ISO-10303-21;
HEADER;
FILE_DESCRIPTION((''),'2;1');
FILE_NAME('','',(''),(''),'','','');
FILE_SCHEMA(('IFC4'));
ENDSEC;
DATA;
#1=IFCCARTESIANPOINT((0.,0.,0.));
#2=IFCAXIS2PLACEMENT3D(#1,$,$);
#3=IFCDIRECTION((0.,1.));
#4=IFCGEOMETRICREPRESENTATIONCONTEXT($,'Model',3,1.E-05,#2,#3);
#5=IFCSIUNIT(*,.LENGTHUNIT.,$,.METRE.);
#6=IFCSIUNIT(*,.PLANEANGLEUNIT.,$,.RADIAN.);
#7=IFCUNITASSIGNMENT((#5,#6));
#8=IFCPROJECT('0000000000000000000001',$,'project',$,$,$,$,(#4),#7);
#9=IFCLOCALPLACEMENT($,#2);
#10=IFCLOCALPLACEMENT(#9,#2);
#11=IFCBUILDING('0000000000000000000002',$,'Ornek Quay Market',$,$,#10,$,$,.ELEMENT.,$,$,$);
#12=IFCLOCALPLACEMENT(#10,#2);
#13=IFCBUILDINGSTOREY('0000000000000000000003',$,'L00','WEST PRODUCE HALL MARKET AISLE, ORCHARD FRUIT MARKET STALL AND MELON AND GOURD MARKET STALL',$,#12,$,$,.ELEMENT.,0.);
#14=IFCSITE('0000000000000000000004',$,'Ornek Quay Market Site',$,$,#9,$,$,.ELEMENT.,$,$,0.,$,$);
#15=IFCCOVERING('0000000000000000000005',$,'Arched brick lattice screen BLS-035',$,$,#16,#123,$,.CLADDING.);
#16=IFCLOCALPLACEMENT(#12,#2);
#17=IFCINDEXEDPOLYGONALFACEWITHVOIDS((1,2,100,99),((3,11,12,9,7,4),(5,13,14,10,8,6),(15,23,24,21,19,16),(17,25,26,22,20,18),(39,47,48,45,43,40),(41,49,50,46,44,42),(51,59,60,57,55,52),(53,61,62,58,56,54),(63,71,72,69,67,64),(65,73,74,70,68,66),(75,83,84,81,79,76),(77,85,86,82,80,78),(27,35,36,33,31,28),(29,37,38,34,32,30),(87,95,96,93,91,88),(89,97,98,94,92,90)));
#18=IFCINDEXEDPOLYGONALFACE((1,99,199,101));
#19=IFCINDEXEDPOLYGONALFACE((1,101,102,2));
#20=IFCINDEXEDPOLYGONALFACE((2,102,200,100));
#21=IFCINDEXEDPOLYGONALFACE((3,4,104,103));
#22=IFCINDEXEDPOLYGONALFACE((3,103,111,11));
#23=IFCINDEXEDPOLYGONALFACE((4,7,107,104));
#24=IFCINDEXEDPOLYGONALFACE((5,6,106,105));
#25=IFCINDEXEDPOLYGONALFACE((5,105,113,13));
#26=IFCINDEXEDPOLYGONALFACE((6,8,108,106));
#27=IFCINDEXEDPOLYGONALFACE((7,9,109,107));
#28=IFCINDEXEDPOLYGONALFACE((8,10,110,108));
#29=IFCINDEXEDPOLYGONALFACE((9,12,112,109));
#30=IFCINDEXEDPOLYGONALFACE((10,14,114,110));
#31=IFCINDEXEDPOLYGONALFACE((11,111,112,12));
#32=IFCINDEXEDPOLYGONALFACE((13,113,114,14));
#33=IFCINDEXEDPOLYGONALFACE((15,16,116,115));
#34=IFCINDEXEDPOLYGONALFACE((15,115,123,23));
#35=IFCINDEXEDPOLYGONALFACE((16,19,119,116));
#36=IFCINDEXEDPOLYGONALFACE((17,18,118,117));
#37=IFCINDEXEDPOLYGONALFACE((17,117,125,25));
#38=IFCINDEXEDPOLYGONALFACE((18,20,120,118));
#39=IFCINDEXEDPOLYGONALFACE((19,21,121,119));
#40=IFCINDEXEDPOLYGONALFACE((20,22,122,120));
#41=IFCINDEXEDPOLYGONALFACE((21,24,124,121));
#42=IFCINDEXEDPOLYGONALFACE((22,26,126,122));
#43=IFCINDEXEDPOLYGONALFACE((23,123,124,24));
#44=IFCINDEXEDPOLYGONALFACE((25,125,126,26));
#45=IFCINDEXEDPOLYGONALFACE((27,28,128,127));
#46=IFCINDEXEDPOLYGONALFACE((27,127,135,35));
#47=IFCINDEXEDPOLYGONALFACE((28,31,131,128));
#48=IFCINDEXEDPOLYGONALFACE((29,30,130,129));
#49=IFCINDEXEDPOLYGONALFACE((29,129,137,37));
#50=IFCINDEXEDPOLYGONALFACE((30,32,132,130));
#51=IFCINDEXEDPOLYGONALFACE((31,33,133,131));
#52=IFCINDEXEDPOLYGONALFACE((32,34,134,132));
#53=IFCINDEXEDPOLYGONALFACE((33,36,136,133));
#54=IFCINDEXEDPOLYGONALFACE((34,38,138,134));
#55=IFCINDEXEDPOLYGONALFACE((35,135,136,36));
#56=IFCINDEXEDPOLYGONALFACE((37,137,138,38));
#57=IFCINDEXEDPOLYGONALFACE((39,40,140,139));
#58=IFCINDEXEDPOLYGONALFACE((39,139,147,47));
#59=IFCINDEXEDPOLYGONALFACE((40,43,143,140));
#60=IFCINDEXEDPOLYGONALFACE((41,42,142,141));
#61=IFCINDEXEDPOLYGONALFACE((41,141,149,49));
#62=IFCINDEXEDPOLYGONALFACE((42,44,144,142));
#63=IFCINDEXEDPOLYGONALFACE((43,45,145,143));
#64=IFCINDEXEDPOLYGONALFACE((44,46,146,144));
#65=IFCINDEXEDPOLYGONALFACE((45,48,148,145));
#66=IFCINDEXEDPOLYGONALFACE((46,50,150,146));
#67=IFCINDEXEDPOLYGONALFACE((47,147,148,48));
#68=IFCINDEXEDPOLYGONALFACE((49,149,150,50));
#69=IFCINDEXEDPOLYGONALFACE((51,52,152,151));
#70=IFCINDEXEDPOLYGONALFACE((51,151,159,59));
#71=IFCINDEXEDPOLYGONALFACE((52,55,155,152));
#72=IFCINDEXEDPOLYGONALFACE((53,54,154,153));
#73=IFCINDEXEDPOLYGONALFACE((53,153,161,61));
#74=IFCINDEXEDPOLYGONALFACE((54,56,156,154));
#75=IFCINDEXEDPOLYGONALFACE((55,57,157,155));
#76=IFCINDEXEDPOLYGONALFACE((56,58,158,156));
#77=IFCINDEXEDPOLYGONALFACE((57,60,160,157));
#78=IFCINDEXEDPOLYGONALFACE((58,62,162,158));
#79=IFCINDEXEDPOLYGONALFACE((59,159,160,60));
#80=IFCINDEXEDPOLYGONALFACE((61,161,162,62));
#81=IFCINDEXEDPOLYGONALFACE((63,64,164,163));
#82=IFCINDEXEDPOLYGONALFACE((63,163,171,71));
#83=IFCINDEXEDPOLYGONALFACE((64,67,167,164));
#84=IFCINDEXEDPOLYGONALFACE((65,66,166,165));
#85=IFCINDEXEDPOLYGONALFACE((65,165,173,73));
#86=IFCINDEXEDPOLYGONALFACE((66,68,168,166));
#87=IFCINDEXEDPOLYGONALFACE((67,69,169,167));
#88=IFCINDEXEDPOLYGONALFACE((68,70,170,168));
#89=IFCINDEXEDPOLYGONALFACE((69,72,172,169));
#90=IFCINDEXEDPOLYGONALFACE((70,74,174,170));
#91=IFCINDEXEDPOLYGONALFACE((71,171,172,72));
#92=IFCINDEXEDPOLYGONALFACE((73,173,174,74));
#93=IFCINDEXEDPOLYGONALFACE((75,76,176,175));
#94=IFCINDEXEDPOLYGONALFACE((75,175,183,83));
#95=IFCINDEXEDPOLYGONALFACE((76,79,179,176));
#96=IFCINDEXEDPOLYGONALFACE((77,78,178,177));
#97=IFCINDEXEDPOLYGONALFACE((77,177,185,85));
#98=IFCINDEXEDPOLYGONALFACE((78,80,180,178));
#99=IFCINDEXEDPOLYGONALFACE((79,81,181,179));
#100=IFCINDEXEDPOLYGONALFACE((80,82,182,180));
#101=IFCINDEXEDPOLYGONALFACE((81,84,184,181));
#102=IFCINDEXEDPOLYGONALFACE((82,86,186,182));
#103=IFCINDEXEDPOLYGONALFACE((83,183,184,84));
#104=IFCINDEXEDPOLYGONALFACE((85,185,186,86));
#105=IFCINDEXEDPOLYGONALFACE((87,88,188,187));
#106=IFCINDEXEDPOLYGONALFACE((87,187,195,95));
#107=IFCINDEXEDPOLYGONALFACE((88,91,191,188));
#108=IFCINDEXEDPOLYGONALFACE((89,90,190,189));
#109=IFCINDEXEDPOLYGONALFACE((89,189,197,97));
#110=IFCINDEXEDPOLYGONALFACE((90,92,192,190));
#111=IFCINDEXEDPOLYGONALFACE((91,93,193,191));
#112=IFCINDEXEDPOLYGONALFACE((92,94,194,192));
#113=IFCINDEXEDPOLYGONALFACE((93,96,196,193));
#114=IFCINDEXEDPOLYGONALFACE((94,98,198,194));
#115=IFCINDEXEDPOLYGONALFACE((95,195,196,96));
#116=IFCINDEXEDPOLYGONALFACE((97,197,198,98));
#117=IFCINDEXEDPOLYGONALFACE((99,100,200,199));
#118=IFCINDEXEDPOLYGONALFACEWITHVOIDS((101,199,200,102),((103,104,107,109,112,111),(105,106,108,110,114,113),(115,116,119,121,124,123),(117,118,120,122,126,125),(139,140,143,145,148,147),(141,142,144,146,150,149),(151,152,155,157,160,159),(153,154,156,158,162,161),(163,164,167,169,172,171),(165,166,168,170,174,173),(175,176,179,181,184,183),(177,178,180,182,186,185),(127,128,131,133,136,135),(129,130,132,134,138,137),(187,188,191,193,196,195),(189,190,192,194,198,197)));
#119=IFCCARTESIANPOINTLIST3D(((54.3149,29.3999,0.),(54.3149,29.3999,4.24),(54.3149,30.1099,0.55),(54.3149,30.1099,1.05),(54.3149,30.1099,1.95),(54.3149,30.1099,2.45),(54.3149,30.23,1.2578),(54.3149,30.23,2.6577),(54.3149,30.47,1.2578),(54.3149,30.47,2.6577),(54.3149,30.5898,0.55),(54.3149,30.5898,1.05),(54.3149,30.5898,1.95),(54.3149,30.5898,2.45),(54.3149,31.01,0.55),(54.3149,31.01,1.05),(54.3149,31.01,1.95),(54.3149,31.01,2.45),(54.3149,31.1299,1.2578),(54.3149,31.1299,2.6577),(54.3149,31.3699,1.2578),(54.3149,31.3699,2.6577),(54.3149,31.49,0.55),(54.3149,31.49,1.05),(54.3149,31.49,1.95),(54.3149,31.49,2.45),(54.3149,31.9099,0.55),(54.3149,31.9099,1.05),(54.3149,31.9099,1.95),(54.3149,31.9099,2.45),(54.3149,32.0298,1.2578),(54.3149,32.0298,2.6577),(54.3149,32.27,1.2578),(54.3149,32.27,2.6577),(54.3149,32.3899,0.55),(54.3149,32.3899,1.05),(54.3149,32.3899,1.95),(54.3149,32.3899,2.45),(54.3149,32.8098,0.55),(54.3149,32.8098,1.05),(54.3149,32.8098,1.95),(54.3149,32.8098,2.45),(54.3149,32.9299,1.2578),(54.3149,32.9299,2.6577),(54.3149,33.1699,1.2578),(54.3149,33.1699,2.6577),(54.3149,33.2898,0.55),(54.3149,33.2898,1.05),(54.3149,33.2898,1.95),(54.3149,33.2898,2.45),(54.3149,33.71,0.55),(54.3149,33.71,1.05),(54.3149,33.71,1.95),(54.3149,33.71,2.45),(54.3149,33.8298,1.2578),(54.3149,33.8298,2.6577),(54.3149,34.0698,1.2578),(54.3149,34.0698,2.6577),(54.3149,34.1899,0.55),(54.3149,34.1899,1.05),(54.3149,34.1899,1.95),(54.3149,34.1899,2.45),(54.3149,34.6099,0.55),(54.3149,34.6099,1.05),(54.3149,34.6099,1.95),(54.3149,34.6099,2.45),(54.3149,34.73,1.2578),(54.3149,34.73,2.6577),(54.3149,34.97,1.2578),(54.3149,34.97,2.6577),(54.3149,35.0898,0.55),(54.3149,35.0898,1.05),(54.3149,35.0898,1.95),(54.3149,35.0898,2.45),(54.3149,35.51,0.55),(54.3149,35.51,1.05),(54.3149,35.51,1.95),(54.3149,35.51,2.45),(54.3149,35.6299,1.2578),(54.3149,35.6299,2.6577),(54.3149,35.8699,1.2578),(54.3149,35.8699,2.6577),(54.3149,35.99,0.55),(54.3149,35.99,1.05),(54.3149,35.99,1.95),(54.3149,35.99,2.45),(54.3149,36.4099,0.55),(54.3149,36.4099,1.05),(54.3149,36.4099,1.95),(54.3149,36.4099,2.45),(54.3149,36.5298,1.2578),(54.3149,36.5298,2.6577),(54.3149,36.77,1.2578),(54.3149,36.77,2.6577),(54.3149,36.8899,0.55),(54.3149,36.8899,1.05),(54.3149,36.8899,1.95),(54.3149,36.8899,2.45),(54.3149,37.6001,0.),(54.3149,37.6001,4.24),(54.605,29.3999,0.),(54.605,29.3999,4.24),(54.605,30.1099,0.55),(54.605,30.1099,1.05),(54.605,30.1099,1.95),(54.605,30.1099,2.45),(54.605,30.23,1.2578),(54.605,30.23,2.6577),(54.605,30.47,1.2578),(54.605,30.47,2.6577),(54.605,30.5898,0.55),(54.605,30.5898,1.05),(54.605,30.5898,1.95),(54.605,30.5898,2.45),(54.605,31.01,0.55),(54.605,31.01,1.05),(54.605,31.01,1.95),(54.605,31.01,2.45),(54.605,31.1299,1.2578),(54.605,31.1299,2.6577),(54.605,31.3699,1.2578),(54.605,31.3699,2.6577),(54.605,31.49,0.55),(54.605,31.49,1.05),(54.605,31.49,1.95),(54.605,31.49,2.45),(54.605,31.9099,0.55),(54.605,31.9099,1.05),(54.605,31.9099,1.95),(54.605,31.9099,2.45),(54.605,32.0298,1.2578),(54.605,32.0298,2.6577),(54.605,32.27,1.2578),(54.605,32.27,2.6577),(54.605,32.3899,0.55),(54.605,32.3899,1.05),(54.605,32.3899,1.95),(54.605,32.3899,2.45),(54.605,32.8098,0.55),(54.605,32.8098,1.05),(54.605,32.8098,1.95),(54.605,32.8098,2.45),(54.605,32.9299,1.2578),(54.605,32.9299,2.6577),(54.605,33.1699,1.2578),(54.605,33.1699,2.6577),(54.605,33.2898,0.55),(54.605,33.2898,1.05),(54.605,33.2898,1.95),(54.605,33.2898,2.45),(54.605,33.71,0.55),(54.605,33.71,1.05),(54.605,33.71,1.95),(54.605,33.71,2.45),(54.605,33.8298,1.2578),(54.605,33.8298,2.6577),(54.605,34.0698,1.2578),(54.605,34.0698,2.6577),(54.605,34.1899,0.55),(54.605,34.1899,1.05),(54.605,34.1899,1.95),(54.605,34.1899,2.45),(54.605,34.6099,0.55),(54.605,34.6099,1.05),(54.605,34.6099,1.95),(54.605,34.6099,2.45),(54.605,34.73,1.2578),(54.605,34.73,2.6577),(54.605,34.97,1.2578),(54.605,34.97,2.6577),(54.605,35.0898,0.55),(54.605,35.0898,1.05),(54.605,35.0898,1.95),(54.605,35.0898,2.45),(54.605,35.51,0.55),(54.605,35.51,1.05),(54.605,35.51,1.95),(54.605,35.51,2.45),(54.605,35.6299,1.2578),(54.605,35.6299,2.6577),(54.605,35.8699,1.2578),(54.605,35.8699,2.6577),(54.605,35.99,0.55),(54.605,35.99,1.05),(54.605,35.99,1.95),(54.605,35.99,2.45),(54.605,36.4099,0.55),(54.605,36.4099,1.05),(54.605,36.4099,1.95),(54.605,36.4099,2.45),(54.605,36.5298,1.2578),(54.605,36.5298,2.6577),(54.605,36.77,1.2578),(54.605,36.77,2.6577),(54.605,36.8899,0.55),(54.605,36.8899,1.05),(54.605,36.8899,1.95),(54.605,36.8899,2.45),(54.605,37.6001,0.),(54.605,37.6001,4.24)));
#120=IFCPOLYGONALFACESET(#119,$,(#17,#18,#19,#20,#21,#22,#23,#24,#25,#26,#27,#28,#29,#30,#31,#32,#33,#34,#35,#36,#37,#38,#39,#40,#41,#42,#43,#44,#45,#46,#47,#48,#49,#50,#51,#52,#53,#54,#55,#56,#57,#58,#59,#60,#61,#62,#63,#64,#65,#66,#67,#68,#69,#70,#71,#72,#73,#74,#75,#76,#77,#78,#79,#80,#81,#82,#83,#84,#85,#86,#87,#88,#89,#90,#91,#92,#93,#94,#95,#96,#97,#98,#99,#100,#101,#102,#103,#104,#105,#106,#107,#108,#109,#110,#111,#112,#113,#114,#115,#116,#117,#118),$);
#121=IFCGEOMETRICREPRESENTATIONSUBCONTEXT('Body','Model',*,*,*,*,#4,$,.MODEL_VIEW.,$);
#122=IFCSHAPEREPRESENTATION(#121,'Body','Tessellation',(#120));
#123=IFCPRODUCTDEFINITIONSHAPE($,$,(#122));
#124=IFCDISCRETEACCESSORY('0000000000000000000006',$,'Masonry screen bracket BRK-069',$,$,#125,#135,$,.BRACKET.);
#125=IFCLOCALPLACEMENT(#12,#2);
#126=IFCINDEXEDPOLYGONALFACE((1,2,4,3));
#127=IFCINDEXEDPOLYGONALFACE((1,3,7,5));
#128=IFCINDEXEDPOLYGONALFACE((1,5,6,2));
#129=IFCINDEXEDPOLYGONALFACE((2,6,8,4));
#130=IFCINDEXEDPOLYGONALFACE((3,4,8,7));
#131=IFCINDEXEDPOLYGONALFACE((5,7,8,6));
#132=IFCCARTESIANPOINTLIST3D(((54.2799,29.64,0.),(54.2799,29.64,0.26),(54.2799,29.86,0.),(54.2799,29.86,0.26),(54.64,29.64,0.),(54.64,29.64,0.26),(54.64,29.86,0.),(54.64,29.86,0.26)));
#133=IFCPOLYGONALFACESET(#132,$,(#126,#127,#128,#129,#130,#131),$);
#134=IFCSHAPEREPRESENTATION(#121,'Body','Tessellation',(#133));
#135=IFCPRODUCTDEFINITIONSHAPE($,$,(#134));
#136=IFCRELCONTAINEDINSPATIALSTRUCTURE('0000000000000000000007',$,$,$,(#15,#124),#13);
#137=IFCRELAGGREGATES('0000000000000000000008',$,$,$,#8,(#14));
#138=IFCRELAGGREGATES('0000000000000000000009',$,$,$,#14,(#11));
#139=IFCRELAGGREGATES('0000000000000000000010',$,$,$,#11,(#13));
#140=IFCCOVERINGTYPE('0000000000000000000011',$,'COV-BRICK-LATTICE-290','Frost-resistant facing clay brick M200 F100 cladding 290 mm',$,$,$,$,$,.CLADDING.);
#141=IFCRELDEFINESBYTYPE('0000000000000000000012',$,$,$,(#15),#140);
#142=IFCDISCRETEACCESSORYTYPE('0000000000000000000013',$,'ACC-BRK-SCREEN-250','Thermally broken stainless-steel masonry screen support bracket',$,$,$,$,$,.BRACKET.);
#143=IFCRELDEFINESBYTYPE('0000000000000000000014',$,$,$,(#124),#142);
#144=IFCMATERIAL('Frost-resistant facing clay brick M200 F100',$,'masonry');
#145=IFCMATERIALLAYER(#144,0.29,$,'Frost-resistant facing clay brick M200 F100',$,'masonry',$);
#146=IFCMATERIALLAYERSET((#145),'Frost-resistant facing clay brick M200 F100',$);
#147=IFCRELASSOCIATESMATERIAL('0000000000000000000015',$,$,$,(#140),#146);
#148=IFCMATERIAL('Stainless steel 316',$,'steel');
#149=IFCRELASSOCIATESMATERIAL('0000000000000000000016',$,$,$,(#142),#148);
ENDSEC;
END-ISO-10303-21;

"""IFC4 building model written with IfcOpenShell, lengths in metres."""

from ifc_helpers import new_model, si_unit, direction, frame, origin, origin_2d, place, context, subcontext, project, spatial, polyline, rectangle, outline, extrude, material, layer, layer_set, type_object, element, save


model = new_model("IFC4")

# Units and contexts
model_context = context("Model", 3, precision=1e-05, world=origin(), true_north=direction((0.0, 1.0)))
body_context = subcontext(model_context, "Body", "Model", "MODEL_VIEW")
ifc_project = project(units=[si_unit("LENGTHUNIT", "METRE"), si_unit("PLANEANGLEUNIT", "RADIAN")], contexts=[model_context])

# Site, building, storey
site_placement = place(None, origin())
site = spatial("IfcSite", under=ifc_project, at=site_placement, Name="Ornek Quay Market Site", CompositionType="ELEMENT", RefElevation=0.0)
building_placement = place(site_placement, origin())
building = spatial("IfcBuilding", under=site, at=building_placement, Name="Ornek Quay Market", CompositionType="ELEMENT")
storey_placement = place(building_placement, origin())
storey = spatial("IfcBuildingStorey", under=building, at=storey_placement, Name="L00", Description="WEST PRODUCE HALL MARKET AISLE, ORCHARD FRUIT MARKET STALL AND MELON AND GOURD MARKET STALL", CompositionType="ELEMENT", Elevation=0.0)

# Shared definitions
ifc_material_1 = material(Name="Frost-resistant facing clay brick M200 F100", Category="masonry")

# Covering
ifc_layer_1 = layer(ifc_material_1, 0.29, Name="Frost-resistant facing clay brick M200 F100", Category="masonry")
ifc_layer_set_1 = layer_set([ifc_layer_1], Name="Frost-resistant facing clay brick M200 F100")
covering_type = type_object("IfcCoveringType", Name="COV-BRICK-LATTICE-290", Description="Frost-resistant facing clay brick M200 F100 cladding 290 mm", PredefinedType="CLADDING", material=ifc_layer_set_1)
covering_placement = place(storey_placement, frame((54.46, 29.3999, 0.0), z_axis=(0.0, 0.0, 1.0), x_axis=(0.0, 1.0, 0.0)))
element("IfcCovering", 1, at=covering_placement, inside=storey, type_object=covering_type, Name="Arched brick lattice screen BLS-035", PredefinedType="CLADDING", context=body_context, shape_type="SweptSolid", body=[
    extrude(outline(polyline([(0.0, 0.0), (8.2002, 0.0), (8.2002, 4.24), (0.0, 4.24), (0.0, 0.0)]), holes=[polyline([(0.71, 0.55), (1.1899, 0.55), (1.1899, 1.05), (1.0701, 1.2578), (0.8301, 1.2578), (0.71, 1.05), (0.71, 0.55)]), polyline([(0.71, 1.95), (1.1899, 1.95), (1.1899, 2.45), (1.0701, 2.6577), (0.8301, 2.6577), (0.71, 2.45), (0.71, 1.95)]), polyline([(1.6101, 0.55), (2.0901, 0.55), (2.0901, 1.05), (1.97, 1.2578), (1.73, 1.2578), (1.6101, 1.05), (1.6101, 0.55)]), polyline([(1.6101, 1.95), (2.0901, 1.95), (2.0901, 2.45), (1.97, 2.6577), (1.73, 2.6577), (1.6101, 2.45), (1.6101, 1.95)]), polyline([(2.51, 0.55), (2.99, 0.55), (2.99, 1.05), (2.8701, 1.2578), (2.6299, 1.2578), (2.51, 1.05), (2.51, 0.55)]), polyline([(2.51, 1.95), (2.99, 1.95), (2.99, 2.45), (2.8701, 2.6577), (2.6299, 2.6577), (2.51, 2.45), (2.51, 1.95)]), polyline([(3.4099, 0.55), (3.8899, 0.55), (3.8899, 1.05), (3.77, 1.2578), (3.53, 1.2578), (3.4099, 1.05), (3.4099, 0.55)]), polyline([(3.4099, 1.95), (3.8899, 1.95), (3.8899, 2.45), (3.77, 2.6577), (3.53, 2.6577), (3.4099, 2.45), (3.4099, 1.95)]), polyline([(4.3101, 0.55), (4.79, 0.55), (4.79, 1.05), (4.6699, 1.2578), (4.4299, 1.2578), (4.3101, 1.05), (4.3101, 0.55)]), polyline([(4.3101, 1.95), (4.79, 1.95), (4.79, 2.45), (4.6699, 2.6577), (4.4299, 2.6577), (4.3101, 2.45), (4.3101, 1.95)]), polyline([(5.21, 0.55), (5.6899, 0.55), (5.6899, 1.05), (5.5701, 1.2578), (5.3301, 1.2578), (5.21, 1.05), (5.21, 0.55)]), polyline([(5.21, 1.95), (5.6899, 1.95), (5.6899, 2.45), (5.5701, 2.6577), (5.3301, 2.6577), (5.21, 2.45), (5.21, 1.95)]), polyline([(6.1101, 0.55), (6.5901, 0.55), (6.5901, 1.05), (6.47, 1.2578), (6.23, 1.2578), (6.1101, 1.05), (6.1101, 0.55)]), polyline([(6.1101, 1.95), (6.5901, 1.95), (6.5901, 2.45), (6.47, 2.6577), (6.23, 2.6577), (6.1101, 2.45), (6.1101, 1.95)]), polyline([(7.01, 0.55), (7.49, 0.55), (7.49, 1.05), (7.3701, 1.2578), (7.1299, 1.2578), (7.01, 1.05), (7.01, 0.55)]), polyline([(7.01, 1.95), (7.49, 1.95), (7.49, 2.45), (7.3701, 2.6577), (7.1299, 2.6577), (7.01, 2.45), (7.01, 1.95)])]), frame((0.0, 0.145, 0.0), z_axis=(0.0, -1.0, 0.0), x_axis=(1.0, 0.0, 0.0)), (0.0, 0.0, 1.0), 0.29),
])

# Discrete accessory
ifc_material_2 = material(Name="Stainless steel 316", Category="steel")
discrete_accessory_type = type_object("IfcDiscreteAccessoryType", Name="ACC-BRK-SCREEN-250", Description="Thermally broken stainless-steel masonry screen support bracket", PredefinedType="BRACKET", material=ifc_material_2)
discrete_accessory_placement = place(storey_placement, frame((54.46, 29.75, 0.0), z_axis=(0.0, 0.0, 1.0), x_axis=(0.0, 1.0, 0.0)))
element("IfcDiscreteAccessory", 2, at=discrete_accessory_placement, inside=storey, type_object=discrete_accessory_type, Name="Masonry screen bracket BRK-069", PredefinedType="BRACKET", context=body_context, shape_type="SweptSolid", body=[
    extrude(rectangle(XDim=0.22, YDim=0.3601, at=origin_2d()), origin(), (0.0, 0.0, 1.0), 0.26),
])

save(model, "model.ifc")
